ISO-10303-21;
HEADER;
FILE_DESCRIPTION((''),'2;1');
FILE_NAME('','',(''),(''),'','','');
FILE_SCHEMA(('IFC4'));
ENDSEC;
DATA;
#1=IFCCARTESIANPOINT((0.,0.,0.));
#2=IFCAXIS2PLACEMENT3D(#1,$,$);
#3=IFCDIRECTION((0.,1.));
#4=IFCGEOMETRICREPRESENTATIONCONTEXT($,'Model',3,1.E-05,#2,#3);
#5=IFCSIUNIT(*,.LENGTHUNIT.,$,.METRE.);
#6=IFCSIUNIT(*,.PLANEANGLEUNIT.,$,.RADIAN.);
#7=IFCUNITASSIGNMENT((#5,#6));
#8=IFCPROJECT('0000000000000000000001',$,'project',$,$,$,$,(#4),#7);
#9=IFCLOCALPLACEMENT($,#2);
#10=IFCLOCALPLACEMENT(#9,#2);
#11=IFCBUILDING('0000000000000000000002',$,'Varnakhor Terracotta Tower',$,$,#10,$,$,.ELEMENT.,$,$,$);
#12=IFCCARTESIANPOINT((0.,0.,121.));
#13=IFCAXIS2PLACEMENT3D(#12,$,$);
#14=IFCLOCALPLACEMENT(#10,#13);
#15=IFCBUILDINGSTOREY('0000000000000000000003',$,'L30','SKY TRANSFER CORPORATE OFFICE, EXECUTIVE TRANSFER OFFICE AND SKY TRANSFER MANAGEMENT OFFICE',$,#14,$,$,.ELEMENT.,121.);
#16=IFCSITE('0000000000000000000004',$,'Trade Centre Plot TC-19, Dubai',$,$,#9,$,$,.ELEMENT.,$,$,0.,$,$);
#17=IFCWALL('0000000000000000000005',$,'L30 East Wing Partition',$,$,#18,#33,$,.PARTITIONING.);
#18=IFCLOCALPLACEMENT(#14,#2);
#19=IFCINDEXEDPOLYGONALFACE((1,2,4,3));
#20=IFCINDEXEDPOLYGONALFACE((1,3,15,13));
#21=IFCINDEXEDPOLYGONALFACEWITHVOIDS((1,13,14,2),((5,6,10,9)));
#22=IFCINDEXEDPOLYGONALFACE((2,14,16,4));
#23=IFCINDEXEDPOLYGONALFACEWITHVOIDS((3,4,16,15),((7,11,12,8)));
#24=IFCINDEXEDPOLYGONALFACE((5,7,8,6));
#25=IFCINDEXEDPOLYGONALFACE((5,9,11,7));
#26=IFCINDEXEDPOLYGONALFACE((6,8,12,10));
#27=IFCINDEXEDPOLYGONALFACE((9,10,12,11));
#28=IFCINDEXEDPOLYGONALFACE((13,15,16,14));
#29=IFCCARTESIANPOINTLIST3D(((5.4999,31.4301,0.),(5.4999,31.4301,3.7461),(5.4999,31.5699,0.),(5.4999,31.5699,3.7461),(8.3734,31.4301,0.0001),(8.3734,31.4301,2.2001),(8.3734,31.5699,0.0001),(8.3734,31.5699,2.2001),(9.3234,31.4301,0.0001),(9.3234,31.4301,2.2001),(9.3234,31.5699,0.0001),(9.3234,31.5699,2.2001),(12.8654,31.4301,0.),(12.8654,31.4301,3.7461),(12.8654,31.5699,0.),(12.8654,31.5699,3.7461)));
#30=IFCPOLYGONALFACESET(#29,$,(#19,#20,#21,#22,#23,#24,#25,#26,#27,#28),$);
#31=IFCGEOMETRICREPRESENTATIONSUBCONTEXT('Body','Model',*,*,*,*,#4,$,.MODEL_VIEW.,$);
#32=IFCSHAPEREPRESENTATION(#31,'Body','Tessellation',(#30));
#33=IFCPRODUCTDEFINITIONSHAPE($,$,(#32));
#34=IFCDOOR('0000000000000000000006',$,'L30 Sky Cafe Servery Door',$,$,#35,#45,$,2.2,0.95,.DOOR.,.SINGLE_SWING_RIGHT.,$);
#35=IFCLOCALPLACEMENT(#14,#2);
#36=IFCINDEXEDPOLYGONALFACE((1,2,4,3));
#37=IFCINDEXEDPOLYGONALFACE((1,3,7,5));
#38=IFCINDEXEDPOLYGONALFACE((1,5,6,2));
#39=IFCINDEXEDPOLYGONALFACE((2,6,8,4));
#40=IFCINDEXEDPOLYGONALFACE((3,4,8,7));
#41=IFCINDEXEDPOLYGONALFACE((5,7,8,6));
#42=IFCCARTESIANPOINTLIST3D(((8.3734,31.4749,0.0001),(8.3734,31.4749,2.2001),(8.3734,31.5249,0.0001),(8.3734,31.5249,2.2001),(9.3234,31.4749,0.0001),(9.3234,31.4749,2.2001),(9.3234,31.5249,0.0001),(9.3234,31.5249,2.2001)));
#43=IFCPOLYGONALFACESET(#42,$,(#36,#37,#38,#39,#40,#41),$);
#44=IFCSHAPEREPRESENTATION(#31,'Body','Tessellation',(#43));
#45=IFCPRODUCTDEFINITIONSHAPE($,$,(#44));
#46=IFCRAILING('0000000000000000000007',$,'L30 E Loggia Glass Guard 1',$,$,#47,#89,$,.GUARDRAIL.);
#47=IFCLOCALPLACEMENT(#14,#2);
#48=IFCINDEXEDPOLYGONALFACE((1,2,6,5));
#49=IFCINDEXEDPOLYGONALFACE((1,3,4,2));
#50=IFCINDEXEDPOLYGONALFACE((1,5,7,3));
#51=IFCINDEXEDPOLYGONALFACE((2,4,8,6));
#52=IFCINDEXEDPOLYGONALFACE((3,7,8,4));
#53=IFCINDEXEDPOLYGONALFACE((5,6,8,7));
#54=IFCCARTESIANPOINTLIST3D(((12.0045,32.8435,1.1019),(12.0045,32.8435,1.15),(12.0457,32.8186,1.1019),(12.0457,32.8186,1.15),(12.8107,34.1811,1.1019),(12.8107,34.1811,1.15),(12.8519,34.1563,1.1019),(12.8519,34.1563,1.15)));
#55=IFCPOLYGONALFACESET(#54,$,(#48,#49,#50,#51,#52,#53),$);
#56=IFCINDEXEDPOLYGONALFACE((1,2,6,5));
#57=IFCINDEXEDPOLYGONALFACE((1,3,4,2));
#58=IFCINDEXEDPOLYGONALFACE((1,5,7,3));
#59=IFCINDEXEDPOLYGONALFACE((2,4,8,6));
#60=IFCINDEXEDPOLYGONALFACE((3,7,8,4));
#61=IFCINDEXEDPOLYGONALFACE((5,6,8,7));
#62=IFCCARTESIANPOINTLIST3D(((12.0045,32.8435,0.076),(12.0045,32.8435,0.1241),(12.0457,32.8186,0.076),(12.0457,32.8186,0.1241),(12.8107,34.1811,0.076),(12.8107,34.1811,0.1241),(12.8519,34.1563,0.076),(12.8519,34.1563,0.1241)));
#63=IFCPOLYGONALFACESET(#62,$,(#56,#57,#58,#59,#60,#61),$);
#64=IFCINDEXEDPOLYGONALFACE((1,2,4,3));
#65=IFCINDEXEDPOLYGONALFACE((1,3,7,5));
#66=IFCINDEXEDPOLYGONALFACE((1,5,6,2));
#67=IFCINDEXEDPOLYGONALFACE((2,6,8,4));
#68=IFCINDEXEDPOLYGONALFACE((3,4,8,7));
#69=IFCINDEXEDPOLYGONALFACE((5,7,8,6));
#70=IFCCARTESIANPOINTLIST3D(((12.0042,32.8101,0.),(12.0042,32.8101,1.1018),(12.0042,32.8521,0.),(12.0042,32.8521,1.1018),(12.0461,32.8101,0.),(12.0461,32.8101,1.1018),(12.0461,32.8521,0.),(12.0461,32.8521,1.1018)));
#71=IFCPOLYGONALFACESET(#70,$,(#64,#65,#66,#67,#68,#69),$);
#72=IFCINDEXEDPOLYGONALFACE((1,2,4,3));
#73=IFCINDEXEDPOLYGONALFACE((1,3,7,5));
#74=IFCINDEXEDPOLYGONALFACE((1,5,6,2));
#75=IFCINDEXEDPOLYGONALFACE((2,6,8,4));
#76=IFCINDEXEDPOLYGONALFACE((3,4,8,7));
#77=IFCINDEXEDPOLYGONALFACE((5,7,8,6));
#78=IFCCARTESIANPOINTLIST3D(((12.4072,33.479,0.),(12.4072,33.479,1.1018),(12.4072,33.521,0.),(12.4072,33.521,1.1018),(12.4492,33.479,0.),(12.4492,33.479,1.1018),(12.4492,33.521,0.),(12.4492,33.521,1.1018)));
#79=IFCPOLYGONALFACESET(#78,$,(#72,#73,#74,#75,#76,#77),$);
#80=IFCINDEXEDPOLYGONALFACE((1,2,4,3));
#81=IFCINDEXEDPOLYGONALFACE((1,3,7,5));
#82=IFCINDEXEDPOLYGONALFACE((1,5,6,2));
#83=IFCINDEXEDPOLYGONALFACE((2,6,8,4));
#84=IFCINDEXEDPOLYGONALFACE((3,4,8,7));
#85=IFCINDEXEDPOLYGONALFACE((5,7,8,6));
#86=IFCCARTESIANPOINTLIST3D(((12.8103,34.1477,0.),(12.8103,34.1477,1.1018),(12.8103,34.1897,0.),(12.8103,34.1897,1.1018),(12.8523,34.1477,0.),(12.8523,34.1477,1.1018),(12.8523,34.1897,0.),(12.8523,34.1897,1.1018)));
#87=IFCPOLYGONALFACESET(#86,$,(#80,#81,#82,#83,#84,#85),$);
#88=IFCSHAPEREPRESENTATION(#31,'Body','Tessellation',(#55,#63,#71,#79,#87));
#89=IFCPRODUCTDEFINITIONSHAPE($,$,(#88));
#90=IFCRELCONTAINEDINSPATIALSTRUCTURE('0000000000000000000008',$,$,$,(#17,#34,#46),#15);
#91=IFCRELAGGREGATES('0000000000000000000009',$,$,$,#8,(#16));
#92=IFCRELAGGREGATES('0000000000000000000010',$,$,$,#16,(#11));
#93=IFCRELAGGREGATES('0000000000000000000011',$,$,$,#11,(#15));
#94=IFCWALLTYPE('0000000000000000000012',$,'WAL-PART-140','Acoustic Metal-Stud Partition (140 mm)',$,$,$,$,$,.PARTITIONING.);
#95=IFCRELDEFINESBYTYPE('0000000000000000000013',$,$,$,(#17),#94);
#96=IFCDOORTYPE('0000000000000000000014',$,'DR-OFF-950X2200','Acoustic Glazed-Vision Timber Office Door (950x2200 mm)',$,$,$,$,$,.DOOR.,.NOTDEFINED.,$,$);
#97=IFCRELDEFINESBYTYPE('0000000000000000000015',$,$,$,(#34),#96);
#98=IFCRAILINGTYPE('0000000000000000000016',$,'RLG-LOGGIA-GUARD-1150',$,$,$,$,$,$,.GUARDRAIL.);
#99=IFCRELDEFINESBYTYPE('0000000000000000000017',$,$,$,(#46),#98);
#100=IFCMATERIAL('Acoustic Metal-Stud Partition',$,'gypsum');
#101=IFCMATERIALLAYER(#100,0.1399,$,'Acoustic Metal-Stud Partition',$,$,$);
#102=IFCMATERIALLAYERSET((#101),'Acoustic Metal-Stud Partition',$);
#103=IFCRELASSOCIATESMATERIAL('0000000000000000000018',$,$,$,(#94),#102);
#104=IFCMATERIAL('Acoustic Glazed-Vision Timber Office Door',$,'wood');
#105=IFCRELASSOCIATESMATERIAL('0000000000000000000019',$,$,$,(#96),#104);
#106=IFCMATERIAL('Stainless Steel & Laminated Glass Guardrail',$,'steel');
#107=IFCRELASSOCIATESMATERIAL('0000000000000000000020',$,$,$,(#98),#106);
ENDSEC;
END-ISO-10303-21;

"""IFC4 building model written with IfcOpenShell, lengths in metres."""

from ifc_helpers import new_model, si_unit, direction, frame, frame_2d, origin, origin_2d, place, context, subcontext, project, spatial, rectangle, extrude, source, transform, mapped, material, layer, layer_set, type_object, type_shapes, element, fill, save


model = new_model("IFC4")

# Units and contexts
model_context = context("Model", 3, precision=1e-05, world=origin(), true_north=direction((0.0, 1.0)))
body_context = subcontext(model_context, "Body", "Model", "MODEL_VIEW")
ifc_project = project(units=[si_unit("LENGTHUNIT", "METRE"), si_unit("PLANEANGLEUNIT", "RADIAN")], contexts=[model_context])

# Site, building, storey
site_placement = place(None, origin())
site = spatial("IfcSite", under=ifc_project, at=site_placement, Name="Trade Centre Plot TC-19, Dubai", CompositionType="ELEMENT", RefElevation=0.0)
building_placement = place(site_placement, origin())
building = spatial("IfcBuilding", under=site, at=building_placement, Name="Varnakhor Terracotta Tower", CompositionType="ELEMENT")
storey_placement = place(building_placement, frame((0.0, 0.0, 121.0)))
storey = spatial("IfcBuildingStorey", under=building, at=storey_placement, Name="L30", Description="SKY TRANSFER CORPORATE OFFICE, EXECUTIVE TRANSFER OFFICE AND SKY TRANSFER MANAGEMENT OFFICE", CompositionType="ELEMENT", Elevation=121.0)

# Wall, opening, door
ifc_material_1 = material(Name="Acoustic Metal-Stud Partition", Category="gypsum")
ifc_layer_1 = layer(ifc_material_1, 0.1399, Name="Acoustic Metal-Stud Partition")
ifc_layer_set_1 = layer_set([ifc_layer_1], Name="Acoustic Metal-Stud Partition")
wall_type_1 = type_object("IfcWallType", Name="WAL-PART-140", Description="Acoustic Metal-Stud Partition (140 mm)", PredefinedType="PARTITIONING", material=ifc_layer_set_1)
wall_1_placement = place(storey_placement, frame((5.5, 31.5, 0.0), z_axis=(0.0, 0.0, 1.0), x_axis=(1.0, 0.0, 0.0)))
wall_1 = element("IfcWall", 1, at=wall_1_placement, inside=storey, type_object=wall_type_1, Name="L30 East Wing Partition", PredefinedType="PARTITIONING", context=body_context, shape_type="SweptSolid", body=[
    extrude(rectangle(XDim=7.3655, YDim=0.1399, at=frame_2d((3.6826, 0.0))), origin(), (0.0, 0.0, 1.0), 3.7461),
])
opening_1_placement = place(wall_1_placement, frame((2.8733, 0.0, 0.0)))
opening_1 = element("IfcOpeningElement", 2, at=opening_1_placement, cuts=wall_1, PredefinedType="OPENING", context=body_context, shape_type="SweptSolid", body=[
    extrude(rectangle(XDim=0.95, YDim=2.2, at=frame_2d((0.4751, 1.1001))), frame((0.0, 0.0801, 0.0), z_axis=(0.0, -1.0, 0.0), x_axis=(1.0, 0.0, 0.0)), (0.0, 0.0, 1.0), 0.1599),
])
ifc_material_2 = material(Name="Acoustic Glazed-Vision Timber Office Door", Category="wood")
door_type_1 = type_object("IfcDoorType", Name="DR-OFF-950X2200", Description="Acoustic Glazed-Vision Timber Office Door (950x2200 mm)", OperationType="NOTDEFINED", PredefinedType="DOOR", material=ifc_material_2)
shared_shape_1 = source(origin(), body_context, "Body", "SweptSolid", [
    extrude(rectangle(XDim=0.95, YDim=2.2, at=frame_2d((0.4751, 1.1001))), frame((0.0, 0.0249, 0.0), z_axis=(0.0, -1.0, 0.0), x_axis=(1.0, 0.0, 0.0)), (0.0, 0.0, 1.0), 0.05),
])
type_shapes(door_type_1, [shared_shape_1])
door_1_placement = place(opening_1_placement, origin())
door_1 = element("IfcDoor", 3, at=door_1_placement, inside=storey, type_object=door_type_1, Name="L30 Sky Cafe Servery Door", OperationType="SINGLE_SWING_RIGHT", OverallHeight=2.2, OverallWidth=0.95, PredefinedType="DOOR", context=body_context, shape_type="MappedRepresentation", body=[
    mapped(shared_shape_1, transform((0.0, 0.0, 0.0), scale=1.0)),
])
fill(opening_1, door_1)

# Railing
ifc_material_3 = material(Name="Stainless Steel & Laminated Glass Guardrail", Category="steel")
railing_type = type_object("IfcRailingType", Name="RLG-LOGGIA-GUARD-1150", PredefinedType="GUARDRAIL", material=ifc_material_3)
railing_1_placement = place(storey_placement, frame((12.0251, 32.8311, 0.0)))
element("IfcRailing", 4, at=railing_1_placement, inside=storey, type_object=railing_type, Name="L30 E Loggia Glass Guard 1", PredefinedType="GUARDRAIL", context=body_context, shape_type="SweptSolid", body=[
    extrude(rectangle(XDim=0.0481, YDim=0.0481, at=origin_2d()), frame((0.0, 0.0, 1.126), z_axis=(0.516173, 0.856484, 0.0), x_axis=(-0.856484, 0.516173, 0.0)), (0.0, 0.0, 1.0), 1.5618),
    extrude(rectangle(XDim=0.0481, YDim=0.0481, at=origin_2d()), frame((0.0, 0.0, 0.1001), z_axis=(0.516173, 0.856484, 0.0), x_axis=(-0.856484, 0.516173, 0.0)), (0.0, 0.0, 1.0), 1.5618),
    extrude(rectangle(XDim=0.042, YDim=0.042, at=origin_2d()), origin(), (0.0, 0.0, 1.0), 1.1018),
    extrude(rectangle(XDim=0.042, YDim=0.042, at=origin_2d()), frame((0.4031, 0.6689, 0.0)), (0.0, 0.0, 1.0), 1.1018),
    extrude(rectangle(XDim=0.042, YDim=0.042, at=origin_2d()), frame((0.8062, 1.3376, 0.0)), (0.0, 0.0, 1.0), 1.1018),
])

save(model, "model.ifc")
